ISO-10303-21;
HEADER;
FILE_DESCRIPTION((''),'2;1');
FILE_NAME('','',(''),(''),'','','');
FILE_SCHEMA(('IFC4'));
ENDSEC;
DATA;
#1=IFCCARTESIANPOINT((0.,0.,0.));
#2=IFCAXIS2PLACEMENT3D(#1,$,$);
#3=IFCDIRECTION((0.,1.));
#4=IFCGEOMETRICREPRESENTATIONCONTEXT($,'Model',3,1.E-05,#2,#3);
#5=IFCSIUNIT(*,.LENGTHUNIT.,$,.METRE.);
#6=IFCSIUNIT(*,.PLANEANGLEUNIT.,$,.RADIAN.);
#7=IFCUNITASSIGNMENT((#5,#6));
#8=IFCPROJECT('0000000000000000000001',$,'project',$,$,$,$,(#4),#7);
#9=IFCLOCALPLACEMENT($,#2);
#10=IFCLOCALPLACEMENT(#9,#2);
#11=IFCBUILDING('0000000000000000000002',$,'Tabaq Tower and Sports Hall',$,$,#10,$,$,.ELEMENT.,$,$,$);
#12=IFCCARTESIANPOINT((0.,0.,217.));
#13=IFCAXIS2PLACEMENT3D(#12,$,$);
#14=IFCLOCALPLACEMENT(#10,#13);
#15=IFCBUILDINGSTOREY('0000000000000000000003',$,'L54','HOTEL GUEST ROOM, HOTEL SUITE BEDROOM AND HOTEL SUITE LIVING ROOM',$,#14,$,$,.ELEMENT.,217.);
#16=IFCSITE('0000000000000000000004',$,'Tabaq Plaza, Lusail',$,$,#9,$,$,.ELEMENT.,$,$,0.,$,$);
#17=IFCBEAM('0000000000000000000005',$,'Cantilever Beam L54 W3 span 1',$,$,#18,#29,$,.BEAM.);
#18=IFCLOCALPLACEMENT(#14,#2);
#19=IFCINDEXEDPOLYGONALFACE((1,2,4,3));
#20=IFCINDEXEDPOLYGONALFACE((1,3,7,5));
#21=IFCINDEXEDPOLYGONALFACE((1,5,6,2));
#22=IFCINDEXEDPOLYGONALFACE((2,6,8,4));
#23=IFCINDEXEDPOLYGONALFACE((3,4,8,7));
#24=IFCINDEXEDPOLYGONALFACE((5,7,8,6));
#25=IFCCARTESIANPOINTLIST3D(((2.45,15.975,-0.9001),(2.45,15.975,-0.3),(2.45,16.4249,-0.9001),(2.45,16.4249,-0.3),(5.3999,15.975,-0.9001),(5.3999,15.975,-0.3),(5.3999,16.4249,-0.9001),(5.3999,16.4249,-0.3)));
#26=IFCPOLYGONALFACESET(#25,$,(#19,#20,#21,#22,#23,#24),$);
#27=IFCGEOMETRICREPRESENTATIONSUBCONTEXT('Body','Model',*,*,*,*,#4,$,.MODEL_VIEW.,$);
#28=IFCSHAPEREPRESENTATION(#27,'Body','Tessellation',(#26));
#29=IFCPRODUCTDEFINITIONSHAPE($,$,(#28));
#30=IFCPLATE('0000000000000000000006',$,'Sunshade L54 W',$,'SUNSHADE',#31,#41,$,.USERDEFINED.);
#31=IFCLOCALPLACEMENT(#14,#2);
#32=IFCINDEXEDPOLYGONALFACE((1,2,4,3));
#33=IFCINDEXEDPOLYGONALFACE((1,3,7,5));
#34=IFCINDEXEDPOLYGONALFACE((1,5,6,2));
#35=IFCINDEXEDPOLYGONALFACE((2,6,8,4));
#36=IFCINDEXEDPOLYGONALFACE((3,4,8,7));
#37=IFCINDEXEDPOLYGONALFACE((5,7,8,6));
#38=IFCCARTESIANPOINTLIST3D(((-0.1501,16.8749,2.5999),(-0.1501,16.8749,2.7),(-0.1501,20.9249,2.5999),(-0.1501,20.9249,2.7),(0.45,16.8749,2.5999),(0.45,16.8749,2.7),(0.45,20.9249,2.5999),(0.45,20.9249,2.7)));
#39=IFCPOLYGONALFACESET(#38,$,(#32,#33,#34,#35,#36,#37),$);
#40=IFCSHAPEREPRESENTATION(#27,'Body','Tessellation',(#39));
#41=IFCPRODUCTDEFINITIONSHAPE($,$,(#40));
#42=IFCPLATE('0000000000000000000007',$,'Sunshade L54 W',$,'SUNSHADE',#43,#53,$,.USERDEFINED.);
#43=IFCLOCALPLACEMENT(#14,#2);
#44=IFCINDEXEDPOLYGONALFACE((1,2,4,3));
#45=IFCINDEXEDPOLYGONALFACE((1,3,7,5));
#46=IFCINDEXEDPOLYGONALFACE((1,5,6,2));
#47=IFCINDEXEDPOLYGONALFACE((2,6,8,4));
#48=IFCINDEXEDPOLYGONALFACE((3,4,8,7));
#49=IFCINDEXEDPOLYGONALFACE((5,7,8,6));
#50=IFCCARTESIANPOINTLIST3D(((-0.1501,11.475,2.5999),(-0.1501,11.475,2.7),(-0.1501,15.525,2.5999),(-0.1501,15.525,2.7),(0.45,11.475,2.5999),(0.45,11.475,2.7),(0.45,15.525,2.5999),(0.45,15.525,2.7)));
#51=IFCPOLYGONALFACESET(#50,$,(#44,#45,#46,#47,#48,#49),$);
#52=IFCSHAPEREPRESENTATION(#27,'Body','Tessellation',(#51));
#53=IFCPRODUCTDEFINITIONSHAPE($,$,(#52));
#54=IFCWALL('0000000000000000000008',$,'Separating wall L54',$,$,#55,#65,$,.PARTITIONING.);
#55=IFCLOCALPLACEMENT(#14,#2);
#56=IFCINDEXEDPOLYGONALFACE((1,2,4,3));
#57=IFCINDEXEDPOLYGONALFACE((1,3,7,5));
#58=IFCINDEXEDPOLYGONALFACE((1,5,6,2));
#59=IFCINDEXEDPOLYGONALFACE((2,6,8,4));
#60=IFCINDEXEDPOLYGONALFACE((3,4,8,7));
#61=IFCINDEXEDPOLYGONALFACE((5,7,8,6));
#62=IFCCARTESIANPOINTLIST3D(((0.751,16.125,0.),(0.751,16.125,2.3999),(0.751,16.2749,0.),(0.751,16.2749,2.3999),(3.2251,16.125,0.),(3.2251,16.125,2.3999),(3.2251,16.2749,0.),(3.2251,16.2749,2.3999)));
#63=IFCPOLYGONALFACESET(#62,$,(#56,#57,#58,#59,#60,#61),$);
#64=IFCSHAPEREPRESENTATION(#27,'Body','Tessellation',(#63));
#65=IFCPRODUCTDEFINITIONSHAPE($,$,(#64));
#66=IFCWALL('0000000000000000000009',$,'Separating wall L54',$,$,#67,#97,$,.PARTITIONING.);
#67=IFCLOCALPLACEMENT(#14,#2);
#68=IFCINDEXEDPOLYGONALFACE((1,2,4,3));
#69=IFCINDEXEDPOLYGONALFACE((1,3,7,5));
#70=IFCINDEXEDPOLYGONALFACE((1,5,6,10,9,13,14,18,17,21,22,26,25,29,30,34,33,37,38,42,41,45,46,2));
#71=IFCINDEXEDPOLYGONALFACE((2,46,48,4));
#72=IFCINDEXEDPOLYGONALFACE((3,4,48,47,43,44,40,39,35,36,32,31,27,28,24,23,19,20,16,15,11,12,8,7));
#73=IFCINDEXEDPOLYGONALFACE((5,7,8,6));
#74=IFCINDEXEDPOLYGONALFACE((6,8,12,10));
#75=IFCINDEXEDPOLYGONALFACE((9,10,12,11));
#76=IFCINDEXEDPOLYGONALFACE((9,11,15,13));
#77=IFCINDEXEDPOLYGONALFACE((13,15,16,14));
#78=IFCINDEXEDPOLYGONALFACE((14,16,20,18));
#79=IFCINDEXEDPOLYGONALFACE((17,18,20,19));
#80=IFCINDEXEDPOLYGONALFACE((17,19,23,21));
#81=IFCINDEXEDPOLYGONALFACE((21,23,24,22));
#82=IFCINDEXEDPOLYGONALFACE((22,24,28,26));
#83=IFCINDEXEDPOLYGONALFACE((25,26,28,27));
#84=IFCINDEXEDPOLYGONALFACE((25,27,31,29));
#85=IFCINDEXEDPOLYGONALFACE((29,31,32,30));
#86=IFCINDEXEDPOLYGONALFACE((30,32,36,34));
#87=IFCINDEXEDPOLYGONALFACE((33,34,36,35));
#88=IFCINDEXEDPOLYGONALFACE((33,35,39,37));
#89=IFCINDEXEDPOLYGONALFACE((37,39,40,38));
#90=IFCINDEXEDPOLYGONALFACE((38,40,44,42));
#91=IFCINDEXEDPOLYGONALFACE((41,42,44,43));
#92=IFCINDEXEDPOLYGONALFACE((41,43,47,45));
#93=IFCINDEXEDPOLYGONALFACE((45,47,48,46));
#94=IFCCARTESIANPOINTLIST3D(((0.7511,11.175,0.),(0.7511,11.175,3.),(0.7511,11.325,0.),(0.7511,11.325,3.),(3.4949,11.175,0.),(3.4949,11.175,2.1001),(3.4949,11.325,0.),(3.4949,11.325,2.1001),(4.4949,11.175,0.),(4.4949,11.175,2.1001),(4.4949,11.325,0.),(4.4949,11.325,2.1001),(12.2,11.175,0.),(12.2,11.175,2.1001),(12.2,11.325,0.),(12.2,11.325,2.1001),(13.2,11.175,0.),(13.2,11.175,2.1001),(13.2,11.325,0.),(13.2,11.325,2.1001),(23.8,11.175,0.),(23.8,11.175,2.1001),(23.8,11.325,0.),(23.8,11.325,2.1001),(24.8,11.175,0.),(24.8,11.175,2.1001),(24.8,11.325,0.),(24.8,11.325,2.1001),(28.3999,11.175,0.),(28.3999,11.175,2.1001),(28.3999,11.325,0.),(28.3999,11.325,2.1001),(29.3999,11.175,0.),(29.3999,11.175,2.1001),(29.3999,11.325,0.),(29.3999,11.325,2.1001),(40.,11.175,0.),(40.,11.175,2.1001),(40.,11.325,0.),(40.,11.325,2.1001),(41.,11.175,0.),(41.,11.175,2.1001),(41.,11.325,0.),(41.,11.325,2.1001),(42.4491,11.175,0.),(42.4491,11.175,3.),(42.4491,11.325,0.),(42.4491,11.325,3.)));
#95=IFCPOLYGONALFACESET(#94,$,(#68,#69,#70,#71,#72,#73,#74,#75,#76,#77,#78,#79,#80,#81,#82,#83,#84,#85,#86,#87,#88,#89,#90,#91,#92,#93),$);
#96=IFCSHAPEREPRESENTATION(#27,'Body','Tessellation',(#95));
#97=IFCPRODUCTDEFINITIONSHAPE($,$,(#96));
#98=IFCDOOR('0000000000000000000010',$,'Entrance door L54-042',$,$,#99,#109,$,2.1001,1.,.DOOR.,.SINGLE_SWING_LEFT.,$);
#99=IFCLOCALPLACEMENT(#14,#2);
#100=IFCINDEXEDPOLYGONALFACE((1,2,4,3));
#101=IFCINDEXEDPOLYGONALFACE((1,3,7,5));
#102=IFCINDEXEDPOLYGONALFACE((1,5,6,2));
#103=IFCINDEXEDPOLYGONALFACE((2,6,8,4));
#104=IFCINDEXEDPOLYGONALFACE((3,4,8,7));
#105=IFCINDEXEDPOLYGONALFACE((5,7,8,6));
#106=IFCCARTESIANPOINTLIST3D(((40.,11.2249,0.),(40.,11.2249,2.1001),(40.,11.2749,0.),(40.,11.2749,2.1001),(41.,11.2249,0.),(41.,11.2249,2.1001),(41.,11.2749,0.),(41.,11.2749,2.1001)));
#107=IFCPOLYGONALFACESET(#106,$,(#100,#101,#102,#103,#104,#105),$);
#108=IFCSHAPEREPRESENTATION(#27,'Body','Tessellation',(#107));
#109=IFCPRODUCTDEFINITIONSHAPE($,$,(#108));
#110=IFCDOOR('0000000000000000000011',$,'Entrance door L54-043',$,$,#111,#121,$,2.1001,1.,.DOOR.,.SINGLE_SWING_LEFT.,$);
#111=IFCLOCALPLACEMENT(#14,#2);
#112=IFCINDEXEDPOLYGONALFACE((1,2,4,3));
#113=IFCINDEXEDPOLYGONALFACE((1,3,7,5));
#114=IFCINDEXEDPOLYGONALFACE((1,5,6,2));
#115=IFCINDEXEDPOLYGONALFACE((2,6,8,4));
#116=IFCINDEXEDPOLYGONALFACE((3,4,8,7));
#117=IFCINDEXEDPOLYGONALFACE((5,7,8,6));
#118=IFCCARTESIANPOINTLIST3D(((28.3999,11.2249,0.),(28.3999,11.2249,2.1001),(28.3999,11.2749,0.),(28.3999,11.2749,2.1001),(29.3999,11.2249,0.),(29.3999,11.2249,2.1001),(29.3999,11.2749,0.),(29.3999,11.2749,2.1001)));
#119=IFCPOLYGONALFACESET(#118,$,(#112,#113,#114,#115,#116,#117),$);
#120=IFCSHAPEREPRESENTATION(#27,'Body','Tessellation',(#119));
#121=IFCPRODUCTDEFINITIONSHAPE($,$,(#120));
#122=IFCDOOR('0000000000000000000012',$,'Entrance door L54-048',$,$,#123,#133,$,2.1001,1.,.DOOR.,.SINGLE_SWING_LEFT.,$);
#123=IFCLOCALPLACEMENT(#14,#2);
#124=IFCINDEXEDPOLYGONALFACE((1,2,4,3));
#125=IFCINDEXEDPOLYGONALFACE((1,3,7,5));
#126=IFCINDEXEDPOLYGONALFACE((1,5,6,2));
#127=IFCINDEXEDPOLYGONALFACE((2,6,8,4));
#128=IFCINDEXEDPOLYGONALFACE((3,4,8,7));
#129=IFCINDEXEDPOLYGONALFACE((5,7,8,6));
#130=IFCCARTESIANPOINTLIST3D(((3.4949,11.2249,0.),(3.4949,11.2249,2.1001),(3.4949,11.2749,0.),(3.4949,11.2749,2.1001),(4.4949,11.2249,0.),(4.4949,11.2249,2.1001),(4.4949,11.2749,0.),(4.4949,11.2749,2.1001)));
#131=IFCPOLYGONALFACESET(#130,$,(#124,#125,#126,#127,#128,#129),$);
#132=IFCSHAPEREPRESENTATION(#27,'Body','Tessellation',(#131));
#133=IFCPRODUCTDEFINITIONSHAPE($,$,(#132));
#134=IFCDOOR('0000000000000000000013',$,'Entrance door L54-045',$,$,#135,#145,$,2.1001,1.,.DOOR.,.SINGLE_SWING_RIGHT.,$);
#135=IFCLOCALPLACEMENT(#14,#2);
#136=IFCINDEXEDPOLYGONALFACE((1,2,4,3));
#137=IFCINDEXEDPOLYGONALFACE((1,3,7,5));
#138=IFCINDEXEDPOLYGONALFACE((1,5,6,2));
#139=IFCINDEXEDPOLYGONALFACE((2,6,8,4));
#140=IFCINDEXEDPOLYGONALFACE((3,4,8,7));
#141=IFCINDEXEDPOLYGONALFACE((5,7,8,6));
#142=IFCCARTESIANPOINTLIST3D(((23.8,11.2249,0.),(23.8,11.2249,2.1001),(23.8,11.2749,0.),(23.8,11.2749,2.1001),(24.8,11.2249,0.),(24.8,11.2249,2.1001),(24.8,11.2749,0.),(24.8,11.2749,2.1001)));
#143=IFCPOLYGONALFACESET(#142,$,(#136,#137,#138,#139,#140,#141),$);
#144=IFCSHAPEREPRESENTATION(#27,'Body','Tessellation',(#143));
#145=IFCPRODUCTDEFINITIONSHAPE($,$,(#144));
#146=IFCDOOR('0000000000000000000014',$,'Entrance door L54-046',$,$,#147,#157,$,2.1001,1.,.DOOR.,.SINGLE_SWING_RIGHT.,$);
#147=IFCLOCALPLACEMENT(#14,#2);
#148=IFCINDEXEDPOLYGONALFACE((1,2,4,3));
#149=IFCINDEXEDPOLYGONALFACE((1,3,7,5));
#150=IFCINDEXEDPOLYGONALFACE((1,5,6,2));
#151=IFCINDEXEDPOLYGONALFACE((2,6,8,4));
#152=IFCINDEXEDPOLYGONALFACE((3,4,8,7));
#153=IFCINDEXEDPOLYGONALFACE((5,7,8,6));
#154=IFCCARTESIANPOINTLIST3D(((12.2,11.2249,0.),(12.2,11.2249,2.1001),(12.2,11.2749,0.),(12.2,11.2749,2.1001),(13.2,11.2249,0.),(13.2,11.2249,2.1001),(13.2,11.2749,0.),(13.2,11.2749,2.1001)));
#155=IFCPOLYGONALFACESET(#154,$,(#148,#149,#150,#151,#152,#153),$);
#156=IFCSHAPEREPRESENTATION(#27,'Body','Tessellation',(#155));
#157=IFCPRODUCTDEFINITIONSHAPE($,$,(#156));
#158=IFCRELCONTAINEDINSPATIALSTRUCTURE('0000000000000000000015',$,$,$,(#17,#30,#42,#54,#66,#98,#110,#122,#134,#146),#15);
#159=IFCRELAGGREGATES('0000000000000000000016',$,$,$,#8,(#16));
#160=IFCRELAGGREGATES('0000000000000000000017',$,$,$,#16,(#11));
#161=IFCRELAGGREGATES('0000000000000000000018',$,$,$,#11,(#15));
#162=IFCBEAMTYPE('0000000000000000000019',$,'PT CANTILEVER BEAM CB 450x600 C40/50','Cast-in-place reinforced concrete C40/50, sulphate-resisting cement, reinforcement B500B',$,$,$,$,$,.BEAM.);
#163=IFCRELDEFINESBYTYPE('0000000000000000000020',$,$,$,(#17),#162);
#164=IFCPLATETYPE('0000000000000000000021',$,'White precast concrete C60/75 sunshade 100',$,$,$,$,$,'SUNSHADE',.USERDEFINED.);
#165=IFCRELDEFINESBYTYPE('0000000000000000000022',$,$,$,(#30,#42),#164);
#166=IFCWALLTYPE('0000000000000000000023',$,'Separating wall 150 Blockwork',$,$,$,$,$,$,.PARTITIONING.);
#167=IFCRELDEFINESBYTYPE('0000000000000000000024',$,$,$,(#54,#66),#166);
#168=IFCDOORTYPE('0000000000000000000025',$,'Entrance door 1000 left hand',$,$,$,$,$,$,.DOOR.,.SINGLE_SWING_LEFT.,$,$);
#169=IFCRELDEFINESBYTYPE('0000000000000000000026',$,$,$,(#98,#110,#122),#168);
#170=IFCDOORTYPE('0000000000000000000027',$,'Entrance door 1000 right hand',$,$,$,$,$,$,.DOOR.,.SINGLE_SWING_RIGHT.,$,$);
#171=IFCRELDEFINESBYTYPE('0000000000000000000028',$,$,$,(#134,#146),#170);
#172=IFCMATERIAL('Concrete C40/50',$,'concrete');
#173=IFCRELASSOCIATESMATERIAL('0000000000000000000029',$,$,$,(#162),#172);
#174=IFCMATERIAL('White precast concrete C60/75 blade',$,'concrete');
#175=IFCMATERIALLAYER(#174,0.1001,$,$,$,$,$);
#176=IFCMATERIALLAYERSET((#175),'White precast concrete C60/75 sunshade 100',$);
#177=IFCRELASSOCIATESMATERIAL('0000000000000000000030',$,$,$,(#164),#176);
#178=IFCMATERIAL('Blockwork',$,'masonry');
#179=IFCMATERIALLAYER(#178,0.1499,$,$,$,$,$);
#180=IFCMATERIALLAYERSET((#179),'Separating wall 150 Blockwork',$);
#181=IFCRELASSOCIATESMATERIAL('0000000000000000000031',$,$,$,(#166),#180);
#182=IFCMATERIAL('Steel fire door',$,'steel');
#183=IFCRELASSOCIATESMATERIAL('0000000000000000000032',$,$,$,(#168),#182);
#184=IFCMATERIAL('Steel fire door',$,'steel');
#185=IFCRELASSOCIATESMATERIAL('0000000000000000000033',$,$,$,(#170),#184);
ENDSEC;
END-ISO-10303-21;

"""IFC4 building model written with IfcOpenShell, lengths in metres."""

from ifc_helpers import new_model, si_unit, direction, frame, frame_2d, origin, origin_2d, place, context, subcontext, project, spatial, rectangle, extrude, material, layer, layer_set, material_profile, profile_set, type_object, element, fill, save


model = new_model("IFC4")

# Units and contexts
model_context = context("Model", 3, precision=1e-05, world=origin(), true_north=direction((0.0, 1.0)))
body_context = subcontext(model_context, "Body", "Model", "MODEL_VIEW")
ifc_project = project(units=[si_unit("LENGTHUNIT", "METRE"), si_unit("PLANEANGLEUNIT", "RADIAN")], contexts=[model_context])

# Site, building, storey
site_placement = place(None, origin())
site = spatial("IfcSite", under=ifc_project, at=site_placement, Name="Tabaq Plaza, Lusail", CompositionType="ELEMENT", RefElevation=0.0)
building_placement = place(site_placement, origin())
building = spatial("IfcBuilding", under=site, at=building_placement, Name="Tabaq Tower and Sports Hall", CompositionType="ELEMENT")
storey_placement = place(building_placement, frame((0.0, 0.0, 217.0)))
storey = spatial("IfcBuildingStorey", under=building, at=storey_placement, Name="L54", Description="HOTEL GUEST ROOM, HOTEL SUITE BEDROOM AND HOTEL SUITE LIVING ROOM", CompositionType="ELEMENT", Elevation=217.0)

# Beam
ifc_material_1 = material(Name="Concrete C40/50", Category="concrete")
ifc_material_profile = material_profile(ifc_material_1, rectangle(XDim=0.45, YDim=0.6001, at=origin_2d()), Name="CB 450x600")
ifc_profile_set = profile_set([ifc_material_profile], Name="Concrete C40/50")
beam_type = type_object("IfcBeamType", Name="PT CANTILEVER BEAM CB 450x600 C40/50", Description="Cast-in-place reinforced concrete C40/50, sulphate-resisting cement, reinforcement B500B", PredefinedType="BEAM", material=ifc_profile_set)
beam_placement = place(storey_placement, frame((2.45, 16.2, -0.6001), z_axis=(1.0, 0.0, 0.0), x_axis=(0.0, 1.0, 0.0)))
element("IfcBeam", 1, at=beam_placement, inside=storey, type_object=beam_type, Name="Cantilever Beam L54 W3 span 1", PredefinedType="BEAM", context=body_context, shape_type="SweptSolid", body=[
    extrude(rectangle(XDim=0.45, YDim=0.6001, at=origin_2d()), origin(), (0.0, 0.0, 1.0), 2.95),
])

# Plates
ifc_material_2 = material(Name="White precast concrete C60/75 blade", Category="concrete")
ifc_layer_1 = layer(ifc_material_2, 0.1001)
ifc_layer_set_1 = layer_set([ifc_layer_1], Name="White precast concrete C60/75 sunshade 100")
plate_type = type_object("IfcPlateType", Name="White precast concrete C60/75 sunshade 100", ElementType="SUNSHADE", PredefinedType="USERDEFINED", material=ifc_layer_set_1)
for number, where, z_axis, x_axis, name in (
    (2, (0.1499, 18.8999, 2.5999), (0.0, 0.0, 1.0), (0.0, -1.0, 0.0), "Sunshade L54 W"),
    (3, (0.1499, 13.5, 2.5999), (0.0, 0.0, 1.0), (0.0, -1.0, 0.0), "Sunshade L54 W"),
):
    element("IfcPlate", number, at=place(storey_placement, frame(where, z_axis=z_axis, x_axis=x_axis)), inside=storey, type_object=plate_type, Name=name, ObjectType="SUNSHADE", PredefinedType="USERDEFINED", context=body_context, shape_type="SweptSolid", body=[
        extrude(rectangle(XDim=4.05, YDim=0.6001, at=origin_2d()), origin(), (0.0, 0.0, 1.0), 0.1001),
    ])

# Wall
ifc_material_3 = material(Name="Blockwork", Category="masonry")
ifc_layer_2 = layer(ifc_material_3, 0.1499)
ifc_layer_set_2 = layer_set([ifc_layer_2], Name="Separating wall 150 Blockwork")
wall_type_1 = type_object("IfcWallType", Name="Separating wall 150 Blockwork", PredefinedType="PARTITIONING", material=ifc_layer_set_2)
wall_1_placement = place(storey_placement, frame((3.2251, 16.2, 0.0), z_axis=(0.0, 0.0, 1.0), x_axis=(-1.0, 0.0, 0.0)))
element("IfcWall", 4, at=wall_1_placement, inside=storey, type_object=wall_type_1, Name="Separating wall L54", PredefinedType="PARTITIONING", context=body_context, shape_type="SweptSolid", body=[
    extrude(rectangle(XDim=2.4741, YDim=0.1499, at=frame_2d((1.2371, 0.0))), origin(), (0.0, 0.0, 1.0), 2.3999),
])

# Wall, openings, doors
wall_2_placement = place(storey_placement, frame((0.751, 11.25, 0.0), z_axis=(0.0, 0.0, 1.0), x_axis=(1.0, 0.0, 0.0)))
wall_2 = element("IfcWall", 5, at=wall_2_placement, inside=storey, type_object=wall_type_1, Name="Separating wall L54", PredefinedType="PARTITIONING", context=body_context, shape_type="SweptSolid", body=[
    extrude(rectangle(XDim=41.698, YDim=0.1499, at=frame_2d((20.8491, 0.0))), origin(), (0.0, 0.0, 1.0), 3.0),
])
opening_1_placement = place(wall_2_placement, frame((39.249, 0.0, 0.0)))
opening_1 = element("IfcOpeningElement", 6, at=opening_1_placement, cuts=wall_2, PredefinedType="OPENING", context=body_context, shape_type="SweptSolid", body=[
    extrude(rectangle(XDim=1.0, YDim=2.1001, at=frame_2d((0.5, 1.05))), frame((0.0, 0.075, 0.0), z_axis=(0.0, -1.0, 0.0), x_axis=(1.0, 0.0, 0.0)), (0.0, 0.0, 1.0), 0.1499),
])
opening_2_placement = place(wall_2_placement, frame((27.6489, 0.0, 0.0)))
opening_2 = element("IfcOpeningElement", 7, at=opening_2_placement, cuts=wall_2, PredefinedType="OPENING", context=body_context, shape_type="SweptSolid", body=[
    extrude(rectangle(XDim=1.0, YDim=2.1001, at=frame_2d((0.5, 1.05))), frame((0.0, 0.075, 0.0), z_axis=(0.0, -1.0, 0.0), x_axis=(1.0, 0.0, 0.0)), (0.0, 0.0, 1.0), 0.1499),
])
opening_3_placement = place(wall_2_placement, frame((23.0491, 0.0, 0.0)))
opening_3 = element("IfcOpeningElement", 8, at=opening_3_placement, cuts=wall_2, PredefinedType="OPENING", context=body_context, shape_type="SweptSolid", body=[
    extrude(rectangle(XDim=1.0, YDim=2.1001, at=frame_2d((0.5, 1.05))), frame((0.0, 0.075, 0.0), z_axis=(0.0, -1.0, 0.0), x_axis=(1.0, 0.0, 0.0)), (0.0, 0.0, 1.0), 0.1499),
])
opening_4_placement = place(wall_2_placement, frame((11.449, 0.0, 0.0)))
opening_4 = element("IfcOpeningElement", 9, at=opening_4_placement, cuts=wall_2, PredefinedType="OPENING", context=body_context, shape_type="SweptSolid", body=[
    extrude(rectangle(XDim=1.0, YDim=2.1001, at=frame_2d((0.5, 1.05))), frame((0.0, 0.075, 0.0), z_axis=(0.0, -1.0, 0.0), x_axis=(1.0, 0.0, 0.0)), (0.0, 0.0, 1.0), 0.1499),
])
opening_5_placement = place(wall_2_placement, frame((2.7439, 0.0, 0.0)))
opening_5 = element("IfcOpeningElement", 10, at=opening_5_placement, cuts=wall_2, PredefinedType="OPENING", context=body_context, shape_type="SweptSolid", body=[
    extrude(rectangle(XDim=1.0, YDim=2.1001, at=frame_2d((0.5, 1.05))), frame((0.0, 0.075, 0.0), z_axis=(0.0, -1.0, 0.0), x_axis=(1.0, 0.0, 0.0)), (0.0, 0.0, 1.0), 0.1499),
])
ifc_material_4 = material(Name="Steel fire door", Category="steel")
door_type_1 = type_object("IfcDoorType", Name="Entrance door 1000 left hand", OperationType="SINGLE_SWING_LEFT", PredefinedType="DOOR", material=ifc_material_4)
door_1_placement = place(opening_1_placement, origin())
door_1 = element("IfcDoor", 11, at=door_1_placement, inside=storey, type_object=door_type_1, Name="Entrance door L54-042", OperationType="SINGLE_SWING_LEFT", OverallHeight=2.1001, OverallWidth=1.0, PredefinedType="DOOR", context=body_context, shape_type="SweptSolid", body=[
    extrude(rectangle(XDim=1.0, YDim=2.1001, at=frame_2d((0.5, 1.05))), frame((0.0, 0.0249, 0.0), z_axis=(0.0, -1.0, 0.0), x_axis=(1.0, 0.0, 0.0)), (0.0, 0.0, 1.0), 0.05),
])
fill(opening_1, door_1)
door_2_placement = place(opening_2_placement, origin())
door_2 = element("IfcDoor", 12, at=door_2_placement, inside=storey, type_object=door_type_1, Name="Entrance door L54-043", OperationType="SINGLE_SWING_LEFT", OverallHeight=2.1001, OverallWidth=1.0, PredefinedType="DOOR", context=body_context, shape_type="SweptSolid", body=[
    extrude(rectangle(XDim=1.0, YDim=2.1001, at=frame_2d((0.5, 1.05))), frame((0.0, 0.0249, 0.0), z_axis=(0.0, -1.0, 0.0), x_axis=(1.0, 0.0, 0.0)), (0.0, 0.0, 1.0), 0.05),
])
fill(opening_2, door_2)
door_3_placement = place(opening_5_placement, origin())
door_3 = element("IfcDoor", 13, at=door_3_placement, inside=storey, type_object=door_type_1, Name="Entrance door L54-048", OperationType="SINGLE_SWING_LEFT", OverallHeight=2.1001, OverallWidth=1.0, PredefinedType="DOOR", context=body_context, shape_type="SweptSolid", body=[
    extrude(rectangle(XDim=1.0, YDim=2.1001, at=frame_2d((0.5, 1.05))), frame((0.0, 0.0249, 0.0), z_axis=(0.0, -1.0, 0.0), x_axis=(1.0, 0.0, 0.0)), (0.0, 0.0, 1.0), 0.05),
])
fill(opening_5, door_3)
ifc_material_5 = material(Name="Steel fire door", Category="steel")
door_type_2 = type_object("IfcDoorType", Name="Entrance door 1000 right hand", OperationType="SINGLE_SWING_RIGHT", PredefinedType="DOOR", material=ifc_material_5)
door_4_placement = place(opening_3_placement, origin())
door_4 = element("IfcDoor", 14, at=door_4_placement, inside=storey, type_object=door_type_2, Name="Entrance door L54-045", OperationType="SINGLE_SWING_RIGHT", OverallHeight=2.1001, OverallWidth=1.0, PredefinedType="DOOR", context=body_context, shape_type="SweptSolid", body=[
    extrude(rectangle(XDim=1.0, YDim=2.1001, at=frame_2d((0.5, 1.05))), frame((0.0, 0.0249, 0.0), z_axis=(0.0, -1.0, 0.0), x_axis=(1.0, 0.0, 0.0)), (0.0, 0.0, 1.0), 0.05),
])
fill(opening_3, door_4)
door_5_placement = place(opening_4_placement, origin())
door_5 = element("IfcDoor", 15, at=door_5_placement, inside=storey, type_object=door_type_2, Name="Entrance door L54-046", OperationType="SINGLE_SWING_RIGHT", OverallHeight=2.1001, OverallWidth=1.0, PredefinedType="DOOR", context=body_context, shape_type="SweptSolid", body=[
    extrude(rectangle(XDim=1.0, YDim=2.1001, at=frame_2d((0.5, 1.05))), frame((0.0, 0.0249, 0.0), z_axis=(0.0, -1.0, 0.0), x_axis=(1.0, 0.0, 0.0)), (0.0, 0.0, 1.0), 0.05),
])
fill(opening_4, door_5)

save(model, "model.ifc")
